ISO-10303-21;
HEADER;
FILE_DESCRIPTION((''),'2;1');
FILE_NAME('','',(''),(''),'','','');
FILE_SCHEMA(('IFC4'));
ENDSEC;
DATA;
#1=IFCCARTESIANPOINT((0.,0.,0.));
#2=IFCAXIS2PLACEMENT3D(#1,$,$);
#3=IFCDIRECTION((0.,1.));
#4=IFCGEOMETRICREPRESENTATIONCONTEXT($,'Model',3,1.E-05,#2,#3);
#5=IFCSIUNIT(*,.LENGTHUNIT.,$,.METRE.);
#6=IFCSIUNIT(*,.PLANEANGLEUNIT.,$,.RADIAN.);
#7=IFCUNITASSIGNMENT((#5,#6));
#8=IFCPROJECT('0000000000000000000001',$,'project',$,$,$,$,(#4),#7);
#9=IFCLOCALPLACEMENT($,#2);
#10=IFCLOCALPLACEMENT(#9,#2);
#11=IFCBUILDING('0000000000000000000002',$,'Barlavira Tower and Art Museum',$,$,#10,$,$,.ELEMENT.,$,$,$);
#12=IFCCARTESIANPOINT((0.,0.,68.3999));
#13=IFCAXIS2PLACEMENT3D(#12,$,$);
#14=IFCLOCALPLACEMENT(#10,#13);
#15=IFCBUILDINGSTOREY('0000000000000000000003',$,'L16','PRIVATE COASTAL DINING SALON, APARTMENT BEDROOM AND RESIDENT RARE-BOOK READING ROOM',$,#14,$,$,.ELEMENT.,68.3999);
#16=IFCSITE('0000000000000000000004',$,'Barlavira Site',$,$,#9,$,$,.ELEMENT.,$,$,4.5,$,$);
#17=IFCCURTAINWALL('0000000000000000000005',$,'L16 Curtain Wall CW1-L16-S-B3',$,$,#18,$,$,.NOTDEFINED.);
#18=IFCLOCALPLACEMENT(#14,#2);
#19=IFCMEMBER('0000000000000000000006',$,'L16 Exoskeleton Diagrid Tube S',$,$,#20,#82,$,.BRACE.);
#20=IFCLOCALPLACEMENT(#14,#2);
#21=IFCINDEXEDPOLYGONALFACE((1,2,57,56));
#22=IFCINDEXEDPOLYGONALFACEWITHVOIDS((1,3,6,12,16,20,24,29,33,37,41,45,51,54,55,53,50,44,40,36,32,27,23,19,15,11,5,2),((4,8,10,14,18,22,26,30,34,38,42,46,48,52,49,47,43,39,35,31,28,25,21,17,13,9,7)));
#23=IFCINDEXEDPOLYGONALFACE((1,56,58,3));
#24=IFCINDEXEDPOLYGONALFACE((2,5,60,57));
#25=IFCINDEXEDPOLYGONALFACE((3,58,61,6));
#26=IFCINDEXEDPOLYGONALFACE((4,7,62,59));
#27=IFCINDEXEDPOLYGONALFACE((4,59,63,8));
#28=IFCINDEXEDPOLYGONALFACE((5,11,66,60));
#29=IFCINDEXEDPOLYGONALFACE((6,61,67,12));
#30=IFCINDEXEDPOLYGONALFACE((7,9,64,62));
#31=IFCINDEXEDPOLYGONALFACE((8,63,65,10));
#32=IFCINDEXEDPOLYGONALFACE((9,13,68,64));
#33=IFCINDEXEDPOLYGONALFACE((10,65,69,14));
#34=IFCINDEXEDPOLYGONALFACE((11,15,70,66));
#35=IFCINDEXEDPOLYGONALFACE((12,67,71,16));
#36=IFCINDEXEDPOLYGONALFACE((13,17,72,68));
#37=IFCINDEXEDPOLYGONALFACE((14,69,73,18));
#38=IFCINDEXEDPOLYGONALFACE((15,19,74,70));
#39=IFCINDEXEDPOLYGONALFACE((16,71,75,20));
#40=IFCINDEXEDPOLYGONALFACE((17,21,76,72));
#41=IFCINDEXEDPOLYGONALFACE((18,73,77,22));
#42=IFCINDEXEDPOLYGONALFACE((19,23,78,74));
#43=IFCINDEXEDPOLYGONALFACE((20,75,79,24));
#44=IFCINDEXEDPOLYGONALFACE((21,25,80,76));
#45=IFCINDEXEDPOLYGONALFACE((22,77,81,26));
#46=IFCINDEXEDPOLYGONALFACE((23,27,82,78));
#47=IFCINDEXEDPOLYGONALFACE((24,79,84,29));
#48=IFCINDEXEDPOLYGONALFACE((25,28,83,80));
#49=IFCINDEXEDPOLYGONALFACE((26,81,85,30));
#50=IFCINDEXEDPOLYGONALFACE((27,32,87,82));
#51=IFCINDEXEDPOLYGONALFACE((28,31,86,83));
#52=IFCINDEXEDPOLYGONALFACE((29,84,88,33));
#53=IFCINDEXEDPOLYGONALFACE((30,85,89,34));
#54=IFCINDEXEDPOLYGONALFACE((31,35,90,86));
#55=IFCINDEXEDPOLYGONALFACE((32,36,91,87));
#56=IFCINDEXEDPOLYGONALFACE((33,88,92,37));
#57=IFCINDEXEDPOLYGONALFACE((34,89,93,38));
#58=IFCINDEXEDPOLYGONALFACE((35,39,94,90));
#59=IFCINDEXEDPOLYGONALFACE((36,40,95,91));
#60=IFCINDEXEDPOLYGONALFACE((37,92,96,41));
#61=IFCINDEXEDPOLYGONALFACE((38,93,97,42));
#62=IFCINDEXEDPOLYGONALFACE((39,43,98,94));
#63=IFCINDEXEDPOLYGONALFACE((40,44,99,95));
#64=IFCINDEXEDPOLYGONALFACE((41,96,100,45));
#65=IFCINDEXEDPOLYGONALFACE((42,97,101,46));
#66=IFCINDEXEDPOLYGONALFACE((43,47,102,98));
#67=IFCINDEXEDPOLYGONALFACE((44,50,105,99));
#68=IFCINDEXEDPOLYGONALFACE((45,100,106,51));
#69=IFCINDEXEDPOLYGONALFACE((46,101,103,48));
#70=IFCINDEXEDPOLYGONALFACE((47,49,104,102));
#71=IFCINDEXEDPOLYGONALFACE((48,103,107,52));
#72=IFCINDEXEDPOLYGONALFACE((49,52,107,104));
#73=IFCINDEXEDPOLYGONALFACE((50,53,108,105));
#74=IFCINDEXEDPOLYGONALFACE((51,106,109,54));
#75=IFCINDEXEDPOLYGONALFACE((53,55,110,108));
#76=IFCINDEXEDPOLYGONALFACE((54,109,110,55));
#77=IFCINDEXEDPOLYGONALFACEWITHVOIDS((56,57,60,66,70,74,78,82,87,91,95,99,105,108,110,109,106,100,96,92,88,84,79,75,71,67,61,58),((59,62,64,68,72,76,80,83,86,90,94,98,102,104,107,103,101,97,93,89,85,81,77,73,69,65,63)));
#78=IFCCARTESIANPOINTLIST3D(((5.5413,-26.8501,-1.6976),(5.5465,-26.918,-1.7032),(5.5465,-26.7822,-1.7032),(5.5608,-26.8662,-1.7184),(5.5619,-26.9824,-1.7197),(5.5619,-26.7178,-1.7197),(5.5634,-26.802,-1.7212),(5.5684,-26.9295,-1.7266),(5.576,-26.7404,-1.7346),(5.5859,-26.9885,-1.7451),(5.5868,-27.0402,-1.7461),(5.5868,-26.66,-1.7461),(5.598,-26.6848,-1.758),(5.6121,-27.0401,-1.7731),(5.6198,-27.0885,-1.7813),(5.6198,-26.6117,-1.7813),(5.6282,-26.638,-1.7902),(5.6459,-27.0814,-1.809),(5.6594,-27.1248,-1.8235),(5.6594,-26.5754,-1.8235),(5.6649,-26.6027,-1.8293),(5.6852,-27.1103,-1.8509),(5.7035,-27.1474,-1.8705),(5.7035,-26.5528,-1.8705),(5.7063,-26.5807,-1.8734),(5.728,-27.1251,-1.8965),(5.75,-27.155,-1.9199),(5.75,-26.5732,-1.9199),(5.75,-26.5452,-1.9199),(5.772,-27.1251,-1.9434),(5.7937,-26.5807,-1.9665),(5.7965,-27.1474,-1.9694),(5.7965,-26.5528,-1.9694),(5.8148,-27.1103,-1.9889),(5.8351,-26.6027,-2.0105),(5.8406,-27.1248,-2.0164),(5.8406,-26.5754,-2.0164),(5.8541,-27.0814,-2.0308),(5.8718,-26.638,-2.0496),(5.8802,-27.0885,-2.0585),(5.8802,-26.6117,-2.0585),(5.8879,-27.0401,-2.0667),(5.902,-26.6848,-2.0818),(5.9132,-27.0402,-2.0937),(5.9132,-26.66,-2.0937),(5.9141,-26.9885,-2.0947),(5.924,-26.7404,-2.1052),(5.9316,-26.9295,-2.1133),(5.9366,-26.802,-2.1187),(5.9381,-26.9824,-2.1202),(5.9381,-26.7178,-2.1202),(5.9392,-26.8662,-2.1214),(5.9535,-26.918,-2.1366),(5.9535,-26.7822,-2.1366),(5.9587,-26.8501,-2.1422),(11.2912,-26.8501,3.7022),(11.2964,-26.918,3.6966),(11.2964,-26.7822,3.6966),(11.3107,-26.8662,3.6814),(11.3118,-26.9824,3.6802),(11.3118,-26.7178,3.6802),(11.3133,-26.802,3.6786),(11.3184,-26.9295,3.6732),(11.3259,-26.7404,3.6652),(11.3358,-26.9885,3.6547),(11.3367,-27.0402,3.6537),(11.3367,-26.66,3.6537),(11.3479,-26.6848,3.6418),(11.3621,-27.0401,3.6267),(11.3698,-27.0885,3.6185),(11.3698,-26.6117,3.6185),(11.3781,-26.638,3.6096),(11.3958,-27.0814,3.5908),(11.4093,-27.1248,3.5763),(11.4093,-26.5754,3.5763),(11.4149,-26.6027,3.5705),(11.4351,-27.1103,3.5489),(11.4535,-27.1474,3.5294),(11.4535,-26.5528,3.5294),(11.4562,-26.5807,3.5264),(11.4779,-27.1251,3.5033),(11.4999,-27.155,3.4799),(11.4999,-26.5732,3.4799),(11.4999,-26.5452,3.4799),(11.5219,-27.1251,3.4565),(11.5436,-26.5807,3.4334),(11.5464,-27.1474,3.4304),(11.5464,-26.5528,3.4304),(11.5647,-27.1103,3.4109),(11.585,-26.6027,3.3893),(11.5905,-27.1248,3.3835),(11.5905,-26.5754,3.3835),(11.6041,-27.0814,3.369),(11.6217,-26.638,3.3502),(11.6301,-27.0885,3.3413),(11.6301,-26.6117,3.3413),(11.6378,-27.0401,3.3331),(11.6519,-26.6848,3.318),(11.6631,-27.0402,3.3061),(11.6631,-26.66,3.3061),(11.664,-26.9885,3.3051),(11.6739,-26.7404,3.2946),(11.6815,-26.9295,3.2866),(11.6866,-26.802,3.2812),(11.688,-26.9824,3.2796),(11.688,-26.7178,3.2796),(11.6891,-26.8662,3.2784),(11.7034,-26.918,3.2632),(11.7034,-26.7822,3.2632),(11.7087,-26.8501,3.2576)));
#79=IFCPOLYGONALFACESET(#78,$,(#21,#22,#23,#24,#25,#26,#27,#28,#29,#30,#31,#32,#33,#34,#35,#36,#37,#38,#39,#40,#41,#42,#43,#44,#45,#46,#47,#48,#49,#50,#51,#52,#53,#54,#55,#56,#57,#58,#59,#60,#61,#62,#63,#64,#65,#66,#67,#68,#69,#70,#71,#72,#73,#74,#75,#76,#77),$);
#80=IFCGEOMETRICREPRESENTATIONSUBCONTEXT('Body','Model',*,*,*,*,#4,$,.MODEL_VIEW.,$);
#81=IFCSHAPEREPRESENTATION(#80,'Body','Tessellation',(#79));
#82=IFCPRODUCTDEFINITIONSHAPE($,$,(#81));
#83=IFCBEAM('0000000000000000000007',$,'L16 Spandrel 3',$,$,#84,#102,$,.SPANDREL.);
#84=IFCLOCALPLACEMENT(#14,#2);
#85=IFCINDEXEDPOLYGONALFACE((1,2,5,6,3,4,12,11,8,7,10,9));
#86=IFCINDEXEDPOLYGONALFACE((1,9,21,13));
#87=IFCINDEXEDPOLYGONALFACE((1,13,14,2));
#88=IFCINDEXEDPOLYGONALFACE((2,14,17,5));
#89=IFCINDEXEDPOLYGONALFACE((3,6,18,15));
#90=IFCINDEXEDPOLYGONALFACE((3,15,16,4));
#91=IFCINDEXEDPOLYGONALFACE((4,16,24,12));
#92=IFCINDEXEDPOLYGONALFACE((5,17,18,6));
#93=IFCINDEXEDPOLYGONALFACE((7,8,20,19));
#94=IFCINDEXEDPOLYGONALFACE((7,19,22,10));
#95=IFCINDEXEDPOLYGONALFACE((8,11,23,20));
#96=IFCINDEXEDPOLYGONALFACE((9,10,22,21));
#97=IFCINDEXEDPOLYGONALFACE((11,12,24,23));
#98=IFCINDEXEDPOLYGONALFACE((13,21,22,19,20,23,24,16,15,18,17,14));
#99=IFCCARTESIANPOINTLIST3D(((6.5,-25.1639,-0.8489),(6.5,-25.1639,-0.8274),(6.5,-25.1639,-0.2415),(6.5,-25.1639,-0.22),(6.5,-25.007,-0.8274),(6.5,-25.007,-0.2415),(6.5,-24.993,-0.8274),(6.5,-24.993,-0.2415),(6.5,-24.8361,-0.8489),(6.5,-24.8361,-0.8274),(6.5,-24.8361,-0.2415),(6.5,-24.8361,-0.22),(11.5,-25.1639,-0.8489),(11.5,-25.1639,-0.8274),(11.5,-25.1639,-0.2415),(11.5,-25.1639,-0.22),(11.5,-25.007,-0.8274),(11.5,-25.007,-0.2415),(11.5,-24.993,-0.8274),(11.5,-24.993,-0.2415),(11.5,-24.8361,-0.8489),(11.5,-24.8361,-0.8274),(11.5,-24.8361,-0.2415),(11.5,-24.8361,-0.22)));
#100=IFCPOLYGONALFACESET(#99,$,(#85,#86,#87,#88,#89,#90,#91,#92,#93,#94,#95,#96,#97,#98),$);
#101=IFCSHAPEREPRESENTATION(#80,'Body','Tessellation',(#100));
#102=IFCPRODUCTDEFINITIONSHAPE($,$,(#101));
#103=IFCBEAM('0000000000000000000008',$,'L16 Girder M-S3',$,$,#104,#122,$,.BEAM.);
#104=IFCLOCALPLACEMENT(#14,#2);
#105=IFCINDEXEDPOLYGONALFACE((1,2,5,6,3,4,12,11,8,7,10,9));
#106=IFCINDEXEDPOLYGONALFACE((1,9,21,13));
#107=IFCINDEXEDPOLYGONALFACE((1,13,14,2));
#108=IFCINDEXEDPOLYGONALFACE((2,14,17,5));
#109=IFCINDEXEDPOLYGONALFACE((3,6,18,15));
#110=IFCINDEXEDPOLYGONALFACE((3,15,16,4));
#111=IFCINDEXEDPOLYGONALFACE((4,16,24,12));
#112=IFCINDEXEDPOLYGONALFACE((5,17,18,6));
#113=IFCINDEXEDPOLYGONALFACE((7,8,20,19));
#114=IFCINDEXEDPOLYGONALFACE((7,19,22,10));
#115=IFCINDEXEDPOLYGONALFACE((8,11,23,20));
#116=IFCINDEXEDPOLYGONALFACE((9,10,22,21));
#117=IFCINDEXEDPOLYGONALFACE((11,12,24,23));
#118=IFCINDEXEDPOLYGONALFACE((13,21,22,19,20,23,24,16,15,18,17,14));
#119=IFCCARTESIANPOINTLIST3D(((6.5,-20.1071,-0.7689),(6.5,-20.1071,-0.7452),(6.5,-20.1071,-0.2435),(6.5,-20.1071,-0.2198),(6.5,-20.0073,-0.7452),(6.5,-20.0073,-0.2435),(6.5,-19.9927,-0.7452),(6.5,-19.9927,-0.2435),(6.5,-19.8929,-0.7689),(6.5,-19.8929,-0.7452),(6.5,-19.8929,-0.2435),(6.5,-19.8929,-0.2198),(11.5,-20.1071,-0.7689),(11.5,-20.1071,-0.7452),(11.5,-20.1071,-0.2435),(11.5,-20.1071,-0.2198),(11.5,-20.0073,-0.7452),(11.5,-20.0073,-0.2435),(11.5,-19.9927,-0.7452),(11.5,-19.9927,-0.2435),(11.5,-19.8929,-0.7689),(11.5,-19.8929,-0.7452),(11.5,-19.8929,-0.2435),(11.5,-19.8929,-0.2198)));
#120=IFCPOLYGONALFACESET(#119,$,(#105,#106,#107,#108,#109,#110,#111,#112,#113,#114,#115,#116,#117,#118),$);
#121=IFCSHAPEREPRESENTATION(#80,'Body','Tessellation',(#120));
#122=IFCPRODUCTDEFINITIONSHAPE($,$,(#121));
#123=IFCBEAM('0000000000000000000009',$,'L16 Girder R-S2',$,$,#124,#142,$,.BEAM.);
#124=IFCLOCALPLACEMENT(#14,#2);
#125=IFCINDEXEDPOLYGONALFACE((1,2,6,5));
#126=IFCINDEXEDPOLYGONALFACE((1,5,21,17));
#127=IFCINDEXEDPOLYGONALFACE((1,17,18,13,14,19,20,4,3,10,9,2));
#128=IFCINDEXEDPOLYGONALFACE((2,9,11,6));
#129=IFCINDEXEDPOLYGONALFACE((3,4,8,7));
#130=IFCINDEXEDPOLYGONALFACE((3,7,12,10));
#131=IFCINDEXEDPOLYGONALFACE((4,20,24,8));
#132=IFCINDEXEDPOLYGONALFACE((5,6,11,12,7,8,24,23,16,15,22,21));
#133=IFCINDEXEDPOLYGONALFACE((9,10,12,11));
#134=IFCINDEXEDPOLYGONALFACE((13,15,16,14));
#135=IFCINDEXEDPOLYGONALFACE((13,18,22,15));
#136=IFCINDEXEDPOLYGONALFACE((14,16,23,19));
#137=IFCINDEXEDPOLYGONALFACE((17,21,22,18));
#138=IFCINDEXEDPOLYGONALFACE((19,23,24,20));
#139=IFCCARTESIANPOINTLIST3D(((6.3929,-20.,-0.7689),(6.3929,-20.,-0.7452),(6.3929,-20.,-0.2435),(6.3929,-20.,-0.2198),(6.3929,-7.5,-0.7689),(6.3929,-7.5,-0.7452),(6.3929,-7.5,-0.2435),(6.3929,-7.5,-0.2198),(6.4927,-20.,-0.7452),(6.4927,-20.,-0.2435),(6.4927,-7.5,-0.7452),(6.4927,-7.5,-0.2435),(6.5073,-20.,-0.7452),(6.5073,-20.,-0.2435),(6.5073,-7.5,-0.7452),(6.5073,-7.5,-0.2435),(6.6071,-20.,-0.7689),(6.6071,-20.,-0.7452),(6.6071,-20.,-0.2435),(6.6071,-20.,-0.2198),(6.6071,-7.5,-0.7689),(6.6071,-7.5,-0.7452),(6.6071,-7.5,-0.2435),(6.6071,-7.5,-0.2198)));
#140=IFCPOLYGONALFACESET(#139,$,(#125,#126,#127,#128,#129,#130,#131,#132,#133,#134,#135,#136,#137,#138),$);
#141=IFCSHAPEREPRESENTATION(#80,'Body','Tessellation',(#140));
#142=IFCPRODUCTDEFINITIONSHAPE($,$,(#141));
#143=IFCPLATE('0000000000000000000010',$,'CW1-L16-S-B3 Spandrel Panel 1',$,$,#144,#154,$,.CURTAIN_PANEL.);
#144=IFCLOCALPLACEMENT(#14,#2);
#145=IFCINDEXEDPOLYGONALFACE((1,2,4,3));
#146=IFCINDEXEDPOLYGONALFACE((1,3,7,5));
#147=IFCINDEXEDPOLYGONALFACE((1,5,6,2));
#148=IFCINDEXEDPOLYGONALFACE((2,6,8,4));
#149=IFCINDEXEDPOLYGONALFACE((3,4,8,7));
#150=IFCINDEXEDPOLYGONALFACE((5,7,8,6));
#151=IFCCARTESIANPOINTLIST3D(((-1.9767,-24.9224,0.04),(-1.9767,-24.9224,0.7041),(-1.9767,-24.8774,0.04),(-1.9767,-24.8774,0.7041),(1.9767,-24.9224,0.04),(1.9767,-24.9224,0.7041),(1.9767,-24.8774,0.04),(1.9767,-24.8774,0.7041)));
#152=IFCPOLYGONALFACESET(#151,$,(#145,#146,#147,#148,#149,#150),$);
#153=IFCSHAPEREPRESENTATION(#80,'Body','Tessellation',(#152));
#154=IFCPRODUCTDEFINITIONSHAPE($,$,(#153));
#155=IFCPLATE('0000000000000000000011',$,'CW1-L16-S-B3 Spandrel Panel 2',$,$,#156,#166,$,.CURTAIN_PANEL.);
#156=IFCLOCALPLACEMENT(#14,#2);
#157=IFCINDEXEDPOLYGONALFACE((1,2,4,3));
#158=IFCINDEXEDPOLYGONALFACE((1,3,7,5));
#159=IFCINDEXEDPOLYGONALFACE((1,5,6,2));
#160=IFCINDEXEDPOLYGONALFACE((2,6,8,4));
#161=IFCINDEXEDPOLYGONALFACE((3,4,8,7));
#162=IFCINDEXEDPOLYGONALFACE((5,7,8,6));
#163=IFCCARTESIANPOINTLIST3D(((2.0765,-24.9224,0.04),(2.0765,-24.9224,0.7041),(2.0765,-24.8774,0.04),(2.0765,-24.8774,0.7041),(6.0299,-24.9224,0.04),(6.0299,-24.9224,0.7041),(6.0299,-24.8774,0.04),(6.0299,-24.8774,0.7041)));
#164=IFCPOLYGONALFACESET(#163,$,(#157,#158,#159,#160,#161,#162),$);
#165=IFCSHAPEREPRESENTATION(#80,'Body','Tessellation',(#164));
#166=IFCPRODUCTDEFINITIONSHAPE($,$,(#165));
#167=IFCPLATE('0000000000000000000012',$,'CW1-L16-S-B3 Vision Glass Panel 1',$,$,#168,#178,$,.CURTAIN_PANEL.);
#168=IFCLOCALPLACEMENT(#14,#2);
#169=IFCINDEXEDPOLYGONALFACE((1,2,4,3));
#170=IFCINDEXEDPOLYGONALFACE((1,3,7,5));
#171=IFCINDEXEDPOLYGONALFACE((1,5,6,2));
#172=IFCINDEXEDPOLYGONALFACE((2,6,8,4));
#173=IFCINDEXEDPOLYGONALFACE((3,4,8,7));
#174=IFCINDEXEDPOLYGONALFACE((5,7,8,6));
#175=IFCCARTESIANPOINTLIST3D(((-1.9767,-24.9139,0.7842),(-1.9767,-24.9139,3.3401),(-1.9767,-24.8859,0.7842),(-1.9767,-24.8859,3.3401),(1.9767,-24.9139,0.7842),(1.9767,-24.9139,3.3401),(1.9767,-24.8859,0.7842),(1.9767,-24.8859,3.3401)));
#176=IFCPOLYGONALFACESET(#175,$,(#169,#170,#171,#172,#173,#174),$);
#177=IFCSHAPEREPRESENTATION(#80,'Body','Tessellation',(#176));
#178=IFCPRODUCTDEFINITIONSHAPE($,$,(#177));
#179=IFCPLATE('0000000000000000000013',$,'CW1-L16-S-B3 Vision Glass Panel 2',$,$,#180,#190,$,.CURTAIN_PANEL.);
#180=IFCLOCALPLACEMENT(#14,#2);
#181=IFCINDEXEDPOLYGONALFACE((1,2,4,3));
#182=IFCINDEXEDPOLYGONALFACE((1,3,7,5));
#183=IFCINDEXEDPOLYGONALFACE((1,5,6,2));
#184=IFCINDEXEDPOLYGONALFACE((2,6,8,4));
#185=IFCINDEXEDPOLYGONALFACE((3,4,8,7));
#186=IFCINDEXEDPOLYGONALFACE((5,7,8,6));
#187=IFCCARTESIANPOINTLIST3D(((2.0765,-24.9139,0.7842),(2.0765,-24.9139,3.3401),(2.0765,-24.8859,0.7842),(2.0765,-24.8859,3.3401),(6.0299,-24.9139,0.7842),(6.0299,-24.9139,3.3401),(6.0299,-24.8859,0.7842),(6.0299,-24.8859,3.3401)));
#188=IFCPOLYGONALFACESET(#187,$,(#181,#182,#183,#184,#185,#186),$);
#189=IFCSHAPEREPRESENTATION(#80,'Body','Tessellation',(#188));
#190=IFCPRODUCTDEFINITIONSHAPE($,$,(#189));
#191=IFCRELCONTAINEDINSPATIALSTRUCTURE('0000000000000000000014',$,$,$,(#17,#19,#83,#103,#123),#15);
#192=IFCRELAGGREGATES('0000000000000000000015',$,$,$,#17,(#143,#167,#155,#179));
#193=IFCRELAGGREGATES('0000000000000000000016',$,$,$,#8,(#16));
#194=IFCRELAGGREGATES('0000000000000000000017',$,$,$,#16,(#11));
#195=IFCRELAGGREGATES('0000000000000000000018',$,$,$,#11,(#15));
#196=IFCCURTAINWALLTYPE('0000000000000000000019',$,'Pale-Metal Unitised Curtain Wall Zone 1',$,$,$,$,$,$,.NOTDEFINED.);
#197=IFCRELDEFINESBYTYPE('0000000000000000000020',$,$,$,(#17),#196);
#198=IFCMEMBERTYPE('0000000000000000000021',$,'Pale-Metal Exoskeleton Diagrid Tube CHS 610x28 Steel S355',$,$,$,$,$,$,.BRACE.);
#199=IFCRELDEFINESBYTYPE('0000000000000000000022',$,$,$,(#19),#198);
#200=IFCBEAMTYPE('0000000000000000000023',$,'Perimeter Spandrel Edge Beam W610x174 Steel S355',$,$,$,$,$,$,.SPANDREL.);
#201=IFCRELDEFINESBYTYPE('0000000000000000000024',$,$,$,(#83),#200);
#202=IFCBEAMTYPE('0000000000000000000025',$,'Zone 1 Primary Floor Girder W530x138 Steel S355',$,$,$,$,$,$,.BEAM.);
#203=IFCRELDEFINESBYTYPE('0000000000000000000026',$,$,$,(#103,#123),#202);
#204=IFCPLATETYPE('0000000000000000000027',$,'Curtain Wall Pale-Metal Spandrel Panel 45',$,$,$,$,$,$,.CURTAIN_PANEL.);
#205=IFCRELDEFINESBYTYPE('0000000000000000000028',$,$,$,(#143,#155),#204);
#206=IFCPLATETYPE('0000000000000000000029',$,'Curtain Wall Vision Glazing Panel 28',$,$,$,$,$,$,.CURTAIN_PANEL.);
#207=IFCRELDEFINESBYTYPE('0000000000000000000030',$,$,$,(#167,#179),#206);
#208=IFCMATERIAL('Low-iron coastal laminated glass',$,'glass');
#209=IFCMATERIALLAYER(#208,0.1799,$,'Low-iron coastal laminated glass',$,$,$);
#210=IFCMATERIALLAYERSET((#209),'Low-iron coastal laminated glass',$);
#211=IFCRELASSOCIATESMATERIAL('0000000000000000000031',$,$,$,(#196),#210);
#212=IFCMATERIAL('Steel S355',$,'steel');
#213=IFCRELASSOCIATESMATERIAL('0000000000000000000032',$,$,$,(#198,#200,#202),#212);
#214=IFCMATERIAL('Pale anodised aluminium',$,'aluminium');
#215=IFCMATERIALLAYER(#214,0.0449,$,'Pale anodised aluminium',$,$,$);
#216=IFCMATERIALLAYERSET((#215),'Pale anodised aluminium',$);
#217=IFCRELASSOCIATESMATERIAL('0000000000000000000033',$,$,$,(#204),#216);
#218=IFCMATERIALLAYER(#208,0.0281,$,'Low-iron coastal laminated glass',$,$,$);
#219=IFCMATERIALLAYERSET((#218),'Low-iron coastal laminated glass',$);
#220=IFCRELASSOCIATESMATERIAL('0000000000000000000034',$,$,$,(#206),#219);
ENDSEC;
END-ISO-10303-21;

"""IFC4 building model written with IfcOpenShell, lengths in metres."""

from ifc_helpers import new_model, si_unit, direction, frame, origin, origin_2d, place, context, subcontext, project, spatial, rectangle, hollow_circle, i_section, extrude, material, layer, layer_set, material_profile, profile_set, type_object, element, aggregate, save


model = new_model("IFC4")

# Units and contexts
model_context = context("Model", 3, precision=1e-05, world=origin(), true_north=direction((0.0, 1.0)))
body_context = subcontext(model_context, "Body", "Model", "MODEL_VIEW")
ifc_project = project(units=[si_unit("LENGTHUNIT", "METRE"), si_unit("PLANEANGLEUNIT", "RADIAN")], contexts=[model_context])

# Site, building, storey
site_placement = place(None, origin())
site = spatial("IfcSite", under=ifc_project, at=site_placement, Name="Barlavira Site", CompositionType="ELEMENT", RefElevation=4.5)
building_placement = place(site_placement, origin())
building = spatial("IfcBuilding", under=site, at=building_placement, Name="Barlavira Tower and Art Museum", CompositionType="ELEMENT")
storey_placement = place(building_placement, frame((0.0, 0.0, 68.3999)))
storey = spatial("IfcBuildingStorey", under=building, at=storey_placement, Name="L16", Description="PRIVATE COASTAL DINING SALON, APARTMENT BEDROOM AND RESIDENT RARE-BOOK READING ROOM", CompositionType="ELEMENT", Elevation=68.3999)

# Curtain wall
ifc_material_1 = material(Name="Low-iron coastal laminated glass", Category="glass")
ifc_layer_1 = layer(ifc_material_1, 0.1799, Name="Low-iron coastal laminated glass")
ifc_layer_set_1 = layer_set([ifc_layer_1], Name="Low-iron coastal laminated glass")
curtain_wall_type = type_object("IfcCurtainWallType", Name="Pale-Metal Unitised Curtain Wall Zone 1", PredefinedType="NOTDEFINED", material=ifc_layer_set_1)
curtain_wall_placement = place(storey_placement, origin())
curtain_wall = element("IfcCurtainWall", 1, at=curtain_wall_placement, inside=storey, type_object=curtain_wall_type, Name="L16 Curtain Wall CW1-L16-S-B3", PredefinedType="NOTDEFINED")
ifc_material_2 = material(Name="Pale anodised aluminium", Category="aluminium")

# Member
ifc_material_3 = material(Name="Steel S355", Category="steel")
ifc_material_profile_1 = material_profile(ifc_material_3, hollow_circle(Radius=0.3049, WallThickness=0.0281, at=origin_2d()), Name="CHS 610.0x28.0")
ifc_profile_set_1 = profile_set([ifc_material_profile_1], Name="Steel S355")
member_type_1 = type_object("IfcMemberType", Name="Pale-Metal Exoskeleton Diagrid Tube CHS 610x28 Steel S355", PredefinedType="BRACE", material=ifc_profile_set_1)
for number, where, z_axis, x_axis, name in (
    (2, (5.75, -26.8501, -1.9199), (0.72895, 0.0, 0.684567), (0.0, 1.0, 0.0), "L16 Exoskeleton Diagrid Tube S"),
):
    element("IfcMember", number, at=place(storey_placement, frame(where, z_axis=z_axis, x_axis=x_axis)), inside=storey, type_object=member_type_1, Name=name, PredefinedType="BRACE", context=body_context, shape_type="SweptSolid", body=[
        extrude(hollow_circle(Radius=0.3049, WallThickness=0.0281, at=origin_2d()), origin(), (0.0, 0.0, 1.0), 7.8879),
    ])

# Beams
ifc_material_profile_2 = material_profile(ifc_material_3, i_section(OverallWidth=0.3279, OverallDepth=0.6289, WebThickness=0.0139, FlangeThickness=0.0215, at=origin_2d()), Name="W610x174.0")
ifc_profile_set_2 = profile_set([ifc_material_profile_2], Name="Steel S355")
beam_type_1 = type_object("IfcBeamType", Name="Perimeter Spandrel Edge Beam W610x174 Steel S355", PredefinedType="SPANDREL", material=ifc_profile_set_2)
beam_1_placement = place(storey_placement, frame((6.5, -25.0, -0.5344), z_axis=(1.0, 0.0, 0.0), x_axis=(0.0, 1.0, 0.0)))
element("IfcBeam", 3, at=beam_1_placement, inside=storey, type_object=beam_type_1, Name="L16 Spandrel 3", PredefinedType="SPANDREL", context=body_context, shape_type="SweptSolid", body=[
    extrude(i_section(OverallWidth=0.3279, OverallDepth=0.6289, WebThickness=0.0139, FlangeThickness=0.0215, at=origin_2d()), origin(), (0.0, 0.0, 1.0), 5.0),
])
ifc_material_profile_3 = material_profile(ifc_material_3, i_section(OverallWidth=0.2141, OverallDepth=0.5491, WebThickness=0.0146, FlangeThickness=0.0237, at=origin_2d()), Name="W530x138.0")
ifc_profile_set_3 = profile_set([ifc_material_profile_3], Name="Steel S355")
beam_type_2 = type_object("IfcBeamType", Name="Zone 1 Primary Floor Girder W530x138 Steel S355", PredefinedType="BEAM", material=ifc_profile_set_3)
beam_2_placement = place(storey_placement, frame((6.5, -20.0, -0.4944), z_axis=(1.0, 0.0, 0.0), x_axis=(0.0, 1.0, 0.0)))
element("IfcBeam", 4, at=beam_2_placement, inside=storey, type_object=beam_type_2, Name="L16 Girder M-S3", PredefinedType="BEAM", context=body_context, shape_type="SweptSolid", body=[
    extrude(i_section(OverallWidth=0.2141, OverallDepth=0.5491, WebThickness=0.0146, FlangeThickness=0.0237, at=origin_2d()), origin(), (0.0, 0.0, 1.0), 5.0),
])
beam_3_placement = place(storey_placement, frame((6.5, -20.0, -0.4944), z_axis=(0.0, 1.0, 0.0), x_axis=(-1.0, 0.0, 0.0)))
element("IfcBeam", 5, at=beam_3_placement, inside=storey, type_object=beam_type_2, Name="L16 Girder R-S2", PredefinedType="BEAM", context=body_context, shape_type="SweptSolid", body=[
    extrude(i_section(OverallWidth=0.2141, OverallDepth=0.5491, WebThickness=0.0146, FlangeThickness=0.0237, at=origin_2d()), origin(), (0.0, 0.0, 1.0), 12.5),
])

# Plates
ifc_layer_2 = layer(ifc_material_2, 0.0449, Name="Pale anodised aluminium")
ifc_layer_set_2 = layer_set([ifc_layer_2], Name="Pale anodised aluminium")
plate_type_1 = type_object("IfcPlateType", Name="Curtain Wall Pale-Metal Spandrel Panel 45", PredefinedType="CURTAIN_PANEL", material=ifc_layer_set_2)
plate_1_placement = place(storey_placement, frame((0.0, -24.8999, 0.04), z_axis=(0.0, 0.0, 1.0), x_axis=(1.0, 0.0, 0.0)))
plate_1 = element("IfcPlate", 6, at=plate_1_placement, type_object=plate_type_1, Name="CW1-L16-S-B3 Spandrel Panel 1", PredefinedType="CURTAIN_PANEL", context=body_context, shape_type="SweptSolid", body=[
    extrude(rectangle(XDim=3.9534, YDim=0.0449, at=origin_2d()), origin(), (0.0, 0.0, 1.0), 0.6641),
])
plate_2_placement = place(storey_placement, frame((4.0532, -24.8999, 0.04), z_axis=(0.0, 0.0, 1.0), x_axis=(1.0, 0.0, 0.0)))
plate_2 = element("IfcPlate", 7, at=plate_2_placement, type_object=plate_type_1, Name="CW1-L16-S-B3 Spandrel Panel 2", PredefinedType="CURTAIN_PANEL", context=body_context, shape_type="SweptSolid", body=[
    extrude(rectangle(XDim=3.9534, YDim=0.0449, at=origin_2d()), origin(), (0.0, 0.0, 1.0), 0.6641),
])
ifc_layer_3 = layer(ifc_material_1, 0.0281, Name="Low-iron coastal laminated glass")
ifc_layer_set_3 = layer_set([ifc_layer_3], Name="Low-iron coastal laminated glass")
plate_type_2 = type_object("IfcPlateType", Name="Curtain Wall Vision Glazing Panel 28", PredefinedType="CURTAIN_PANEL", material=ifc_layer_set_3)
plate_3_placement = place(storey_placement, frame((0.0, -24.8999, 0.7842), z_axis=(0.0, 0.0, 1.0), x_axis=(1.0, 0.0, 0.0)))
plate_3 = element("IfcPlate", 8, at=plate_3_placement, type_object=plate_type_2, Name="CW1-L16-S-B3 Vision Glass Panel 1", PredefinedType="CURTAIN_PANEL", context=body_context, shape_type="SweptSolid", body=[
    extrude(rectangle(XDim=3.9534, YDim=0.0281, at=origin_2d()), origin(), (0.0, 0.0, 1.0), 2.5559),
])
plate_4_placement = place(storey_placement, frame((4.0532, -24.8999, 0.7842), z_axis=(0.0, 0.0, 1.0), x_axis=(1.0, 0.0, 0.0)))
plate_4 = element("IfcPlate", 9, at=plate_4_placement, type_object=plate_type_2, Name="CW1-L16-S-B3 Vision Glass Panel 2", PredefinedType="CURTAIN_PANEL", context=body_context, shape_type="SweptSolid", body=[
    extrude(rectangle(XDim=3.9534, YDim=0.0281, at=origin_2d()), origin(), (0.0, 0.0, 1.0), 2.5559),
])
aggregate(curtain_wall, [plate_1, plate_3, plate_2, plate_4])

save(model, "model.ifc")
